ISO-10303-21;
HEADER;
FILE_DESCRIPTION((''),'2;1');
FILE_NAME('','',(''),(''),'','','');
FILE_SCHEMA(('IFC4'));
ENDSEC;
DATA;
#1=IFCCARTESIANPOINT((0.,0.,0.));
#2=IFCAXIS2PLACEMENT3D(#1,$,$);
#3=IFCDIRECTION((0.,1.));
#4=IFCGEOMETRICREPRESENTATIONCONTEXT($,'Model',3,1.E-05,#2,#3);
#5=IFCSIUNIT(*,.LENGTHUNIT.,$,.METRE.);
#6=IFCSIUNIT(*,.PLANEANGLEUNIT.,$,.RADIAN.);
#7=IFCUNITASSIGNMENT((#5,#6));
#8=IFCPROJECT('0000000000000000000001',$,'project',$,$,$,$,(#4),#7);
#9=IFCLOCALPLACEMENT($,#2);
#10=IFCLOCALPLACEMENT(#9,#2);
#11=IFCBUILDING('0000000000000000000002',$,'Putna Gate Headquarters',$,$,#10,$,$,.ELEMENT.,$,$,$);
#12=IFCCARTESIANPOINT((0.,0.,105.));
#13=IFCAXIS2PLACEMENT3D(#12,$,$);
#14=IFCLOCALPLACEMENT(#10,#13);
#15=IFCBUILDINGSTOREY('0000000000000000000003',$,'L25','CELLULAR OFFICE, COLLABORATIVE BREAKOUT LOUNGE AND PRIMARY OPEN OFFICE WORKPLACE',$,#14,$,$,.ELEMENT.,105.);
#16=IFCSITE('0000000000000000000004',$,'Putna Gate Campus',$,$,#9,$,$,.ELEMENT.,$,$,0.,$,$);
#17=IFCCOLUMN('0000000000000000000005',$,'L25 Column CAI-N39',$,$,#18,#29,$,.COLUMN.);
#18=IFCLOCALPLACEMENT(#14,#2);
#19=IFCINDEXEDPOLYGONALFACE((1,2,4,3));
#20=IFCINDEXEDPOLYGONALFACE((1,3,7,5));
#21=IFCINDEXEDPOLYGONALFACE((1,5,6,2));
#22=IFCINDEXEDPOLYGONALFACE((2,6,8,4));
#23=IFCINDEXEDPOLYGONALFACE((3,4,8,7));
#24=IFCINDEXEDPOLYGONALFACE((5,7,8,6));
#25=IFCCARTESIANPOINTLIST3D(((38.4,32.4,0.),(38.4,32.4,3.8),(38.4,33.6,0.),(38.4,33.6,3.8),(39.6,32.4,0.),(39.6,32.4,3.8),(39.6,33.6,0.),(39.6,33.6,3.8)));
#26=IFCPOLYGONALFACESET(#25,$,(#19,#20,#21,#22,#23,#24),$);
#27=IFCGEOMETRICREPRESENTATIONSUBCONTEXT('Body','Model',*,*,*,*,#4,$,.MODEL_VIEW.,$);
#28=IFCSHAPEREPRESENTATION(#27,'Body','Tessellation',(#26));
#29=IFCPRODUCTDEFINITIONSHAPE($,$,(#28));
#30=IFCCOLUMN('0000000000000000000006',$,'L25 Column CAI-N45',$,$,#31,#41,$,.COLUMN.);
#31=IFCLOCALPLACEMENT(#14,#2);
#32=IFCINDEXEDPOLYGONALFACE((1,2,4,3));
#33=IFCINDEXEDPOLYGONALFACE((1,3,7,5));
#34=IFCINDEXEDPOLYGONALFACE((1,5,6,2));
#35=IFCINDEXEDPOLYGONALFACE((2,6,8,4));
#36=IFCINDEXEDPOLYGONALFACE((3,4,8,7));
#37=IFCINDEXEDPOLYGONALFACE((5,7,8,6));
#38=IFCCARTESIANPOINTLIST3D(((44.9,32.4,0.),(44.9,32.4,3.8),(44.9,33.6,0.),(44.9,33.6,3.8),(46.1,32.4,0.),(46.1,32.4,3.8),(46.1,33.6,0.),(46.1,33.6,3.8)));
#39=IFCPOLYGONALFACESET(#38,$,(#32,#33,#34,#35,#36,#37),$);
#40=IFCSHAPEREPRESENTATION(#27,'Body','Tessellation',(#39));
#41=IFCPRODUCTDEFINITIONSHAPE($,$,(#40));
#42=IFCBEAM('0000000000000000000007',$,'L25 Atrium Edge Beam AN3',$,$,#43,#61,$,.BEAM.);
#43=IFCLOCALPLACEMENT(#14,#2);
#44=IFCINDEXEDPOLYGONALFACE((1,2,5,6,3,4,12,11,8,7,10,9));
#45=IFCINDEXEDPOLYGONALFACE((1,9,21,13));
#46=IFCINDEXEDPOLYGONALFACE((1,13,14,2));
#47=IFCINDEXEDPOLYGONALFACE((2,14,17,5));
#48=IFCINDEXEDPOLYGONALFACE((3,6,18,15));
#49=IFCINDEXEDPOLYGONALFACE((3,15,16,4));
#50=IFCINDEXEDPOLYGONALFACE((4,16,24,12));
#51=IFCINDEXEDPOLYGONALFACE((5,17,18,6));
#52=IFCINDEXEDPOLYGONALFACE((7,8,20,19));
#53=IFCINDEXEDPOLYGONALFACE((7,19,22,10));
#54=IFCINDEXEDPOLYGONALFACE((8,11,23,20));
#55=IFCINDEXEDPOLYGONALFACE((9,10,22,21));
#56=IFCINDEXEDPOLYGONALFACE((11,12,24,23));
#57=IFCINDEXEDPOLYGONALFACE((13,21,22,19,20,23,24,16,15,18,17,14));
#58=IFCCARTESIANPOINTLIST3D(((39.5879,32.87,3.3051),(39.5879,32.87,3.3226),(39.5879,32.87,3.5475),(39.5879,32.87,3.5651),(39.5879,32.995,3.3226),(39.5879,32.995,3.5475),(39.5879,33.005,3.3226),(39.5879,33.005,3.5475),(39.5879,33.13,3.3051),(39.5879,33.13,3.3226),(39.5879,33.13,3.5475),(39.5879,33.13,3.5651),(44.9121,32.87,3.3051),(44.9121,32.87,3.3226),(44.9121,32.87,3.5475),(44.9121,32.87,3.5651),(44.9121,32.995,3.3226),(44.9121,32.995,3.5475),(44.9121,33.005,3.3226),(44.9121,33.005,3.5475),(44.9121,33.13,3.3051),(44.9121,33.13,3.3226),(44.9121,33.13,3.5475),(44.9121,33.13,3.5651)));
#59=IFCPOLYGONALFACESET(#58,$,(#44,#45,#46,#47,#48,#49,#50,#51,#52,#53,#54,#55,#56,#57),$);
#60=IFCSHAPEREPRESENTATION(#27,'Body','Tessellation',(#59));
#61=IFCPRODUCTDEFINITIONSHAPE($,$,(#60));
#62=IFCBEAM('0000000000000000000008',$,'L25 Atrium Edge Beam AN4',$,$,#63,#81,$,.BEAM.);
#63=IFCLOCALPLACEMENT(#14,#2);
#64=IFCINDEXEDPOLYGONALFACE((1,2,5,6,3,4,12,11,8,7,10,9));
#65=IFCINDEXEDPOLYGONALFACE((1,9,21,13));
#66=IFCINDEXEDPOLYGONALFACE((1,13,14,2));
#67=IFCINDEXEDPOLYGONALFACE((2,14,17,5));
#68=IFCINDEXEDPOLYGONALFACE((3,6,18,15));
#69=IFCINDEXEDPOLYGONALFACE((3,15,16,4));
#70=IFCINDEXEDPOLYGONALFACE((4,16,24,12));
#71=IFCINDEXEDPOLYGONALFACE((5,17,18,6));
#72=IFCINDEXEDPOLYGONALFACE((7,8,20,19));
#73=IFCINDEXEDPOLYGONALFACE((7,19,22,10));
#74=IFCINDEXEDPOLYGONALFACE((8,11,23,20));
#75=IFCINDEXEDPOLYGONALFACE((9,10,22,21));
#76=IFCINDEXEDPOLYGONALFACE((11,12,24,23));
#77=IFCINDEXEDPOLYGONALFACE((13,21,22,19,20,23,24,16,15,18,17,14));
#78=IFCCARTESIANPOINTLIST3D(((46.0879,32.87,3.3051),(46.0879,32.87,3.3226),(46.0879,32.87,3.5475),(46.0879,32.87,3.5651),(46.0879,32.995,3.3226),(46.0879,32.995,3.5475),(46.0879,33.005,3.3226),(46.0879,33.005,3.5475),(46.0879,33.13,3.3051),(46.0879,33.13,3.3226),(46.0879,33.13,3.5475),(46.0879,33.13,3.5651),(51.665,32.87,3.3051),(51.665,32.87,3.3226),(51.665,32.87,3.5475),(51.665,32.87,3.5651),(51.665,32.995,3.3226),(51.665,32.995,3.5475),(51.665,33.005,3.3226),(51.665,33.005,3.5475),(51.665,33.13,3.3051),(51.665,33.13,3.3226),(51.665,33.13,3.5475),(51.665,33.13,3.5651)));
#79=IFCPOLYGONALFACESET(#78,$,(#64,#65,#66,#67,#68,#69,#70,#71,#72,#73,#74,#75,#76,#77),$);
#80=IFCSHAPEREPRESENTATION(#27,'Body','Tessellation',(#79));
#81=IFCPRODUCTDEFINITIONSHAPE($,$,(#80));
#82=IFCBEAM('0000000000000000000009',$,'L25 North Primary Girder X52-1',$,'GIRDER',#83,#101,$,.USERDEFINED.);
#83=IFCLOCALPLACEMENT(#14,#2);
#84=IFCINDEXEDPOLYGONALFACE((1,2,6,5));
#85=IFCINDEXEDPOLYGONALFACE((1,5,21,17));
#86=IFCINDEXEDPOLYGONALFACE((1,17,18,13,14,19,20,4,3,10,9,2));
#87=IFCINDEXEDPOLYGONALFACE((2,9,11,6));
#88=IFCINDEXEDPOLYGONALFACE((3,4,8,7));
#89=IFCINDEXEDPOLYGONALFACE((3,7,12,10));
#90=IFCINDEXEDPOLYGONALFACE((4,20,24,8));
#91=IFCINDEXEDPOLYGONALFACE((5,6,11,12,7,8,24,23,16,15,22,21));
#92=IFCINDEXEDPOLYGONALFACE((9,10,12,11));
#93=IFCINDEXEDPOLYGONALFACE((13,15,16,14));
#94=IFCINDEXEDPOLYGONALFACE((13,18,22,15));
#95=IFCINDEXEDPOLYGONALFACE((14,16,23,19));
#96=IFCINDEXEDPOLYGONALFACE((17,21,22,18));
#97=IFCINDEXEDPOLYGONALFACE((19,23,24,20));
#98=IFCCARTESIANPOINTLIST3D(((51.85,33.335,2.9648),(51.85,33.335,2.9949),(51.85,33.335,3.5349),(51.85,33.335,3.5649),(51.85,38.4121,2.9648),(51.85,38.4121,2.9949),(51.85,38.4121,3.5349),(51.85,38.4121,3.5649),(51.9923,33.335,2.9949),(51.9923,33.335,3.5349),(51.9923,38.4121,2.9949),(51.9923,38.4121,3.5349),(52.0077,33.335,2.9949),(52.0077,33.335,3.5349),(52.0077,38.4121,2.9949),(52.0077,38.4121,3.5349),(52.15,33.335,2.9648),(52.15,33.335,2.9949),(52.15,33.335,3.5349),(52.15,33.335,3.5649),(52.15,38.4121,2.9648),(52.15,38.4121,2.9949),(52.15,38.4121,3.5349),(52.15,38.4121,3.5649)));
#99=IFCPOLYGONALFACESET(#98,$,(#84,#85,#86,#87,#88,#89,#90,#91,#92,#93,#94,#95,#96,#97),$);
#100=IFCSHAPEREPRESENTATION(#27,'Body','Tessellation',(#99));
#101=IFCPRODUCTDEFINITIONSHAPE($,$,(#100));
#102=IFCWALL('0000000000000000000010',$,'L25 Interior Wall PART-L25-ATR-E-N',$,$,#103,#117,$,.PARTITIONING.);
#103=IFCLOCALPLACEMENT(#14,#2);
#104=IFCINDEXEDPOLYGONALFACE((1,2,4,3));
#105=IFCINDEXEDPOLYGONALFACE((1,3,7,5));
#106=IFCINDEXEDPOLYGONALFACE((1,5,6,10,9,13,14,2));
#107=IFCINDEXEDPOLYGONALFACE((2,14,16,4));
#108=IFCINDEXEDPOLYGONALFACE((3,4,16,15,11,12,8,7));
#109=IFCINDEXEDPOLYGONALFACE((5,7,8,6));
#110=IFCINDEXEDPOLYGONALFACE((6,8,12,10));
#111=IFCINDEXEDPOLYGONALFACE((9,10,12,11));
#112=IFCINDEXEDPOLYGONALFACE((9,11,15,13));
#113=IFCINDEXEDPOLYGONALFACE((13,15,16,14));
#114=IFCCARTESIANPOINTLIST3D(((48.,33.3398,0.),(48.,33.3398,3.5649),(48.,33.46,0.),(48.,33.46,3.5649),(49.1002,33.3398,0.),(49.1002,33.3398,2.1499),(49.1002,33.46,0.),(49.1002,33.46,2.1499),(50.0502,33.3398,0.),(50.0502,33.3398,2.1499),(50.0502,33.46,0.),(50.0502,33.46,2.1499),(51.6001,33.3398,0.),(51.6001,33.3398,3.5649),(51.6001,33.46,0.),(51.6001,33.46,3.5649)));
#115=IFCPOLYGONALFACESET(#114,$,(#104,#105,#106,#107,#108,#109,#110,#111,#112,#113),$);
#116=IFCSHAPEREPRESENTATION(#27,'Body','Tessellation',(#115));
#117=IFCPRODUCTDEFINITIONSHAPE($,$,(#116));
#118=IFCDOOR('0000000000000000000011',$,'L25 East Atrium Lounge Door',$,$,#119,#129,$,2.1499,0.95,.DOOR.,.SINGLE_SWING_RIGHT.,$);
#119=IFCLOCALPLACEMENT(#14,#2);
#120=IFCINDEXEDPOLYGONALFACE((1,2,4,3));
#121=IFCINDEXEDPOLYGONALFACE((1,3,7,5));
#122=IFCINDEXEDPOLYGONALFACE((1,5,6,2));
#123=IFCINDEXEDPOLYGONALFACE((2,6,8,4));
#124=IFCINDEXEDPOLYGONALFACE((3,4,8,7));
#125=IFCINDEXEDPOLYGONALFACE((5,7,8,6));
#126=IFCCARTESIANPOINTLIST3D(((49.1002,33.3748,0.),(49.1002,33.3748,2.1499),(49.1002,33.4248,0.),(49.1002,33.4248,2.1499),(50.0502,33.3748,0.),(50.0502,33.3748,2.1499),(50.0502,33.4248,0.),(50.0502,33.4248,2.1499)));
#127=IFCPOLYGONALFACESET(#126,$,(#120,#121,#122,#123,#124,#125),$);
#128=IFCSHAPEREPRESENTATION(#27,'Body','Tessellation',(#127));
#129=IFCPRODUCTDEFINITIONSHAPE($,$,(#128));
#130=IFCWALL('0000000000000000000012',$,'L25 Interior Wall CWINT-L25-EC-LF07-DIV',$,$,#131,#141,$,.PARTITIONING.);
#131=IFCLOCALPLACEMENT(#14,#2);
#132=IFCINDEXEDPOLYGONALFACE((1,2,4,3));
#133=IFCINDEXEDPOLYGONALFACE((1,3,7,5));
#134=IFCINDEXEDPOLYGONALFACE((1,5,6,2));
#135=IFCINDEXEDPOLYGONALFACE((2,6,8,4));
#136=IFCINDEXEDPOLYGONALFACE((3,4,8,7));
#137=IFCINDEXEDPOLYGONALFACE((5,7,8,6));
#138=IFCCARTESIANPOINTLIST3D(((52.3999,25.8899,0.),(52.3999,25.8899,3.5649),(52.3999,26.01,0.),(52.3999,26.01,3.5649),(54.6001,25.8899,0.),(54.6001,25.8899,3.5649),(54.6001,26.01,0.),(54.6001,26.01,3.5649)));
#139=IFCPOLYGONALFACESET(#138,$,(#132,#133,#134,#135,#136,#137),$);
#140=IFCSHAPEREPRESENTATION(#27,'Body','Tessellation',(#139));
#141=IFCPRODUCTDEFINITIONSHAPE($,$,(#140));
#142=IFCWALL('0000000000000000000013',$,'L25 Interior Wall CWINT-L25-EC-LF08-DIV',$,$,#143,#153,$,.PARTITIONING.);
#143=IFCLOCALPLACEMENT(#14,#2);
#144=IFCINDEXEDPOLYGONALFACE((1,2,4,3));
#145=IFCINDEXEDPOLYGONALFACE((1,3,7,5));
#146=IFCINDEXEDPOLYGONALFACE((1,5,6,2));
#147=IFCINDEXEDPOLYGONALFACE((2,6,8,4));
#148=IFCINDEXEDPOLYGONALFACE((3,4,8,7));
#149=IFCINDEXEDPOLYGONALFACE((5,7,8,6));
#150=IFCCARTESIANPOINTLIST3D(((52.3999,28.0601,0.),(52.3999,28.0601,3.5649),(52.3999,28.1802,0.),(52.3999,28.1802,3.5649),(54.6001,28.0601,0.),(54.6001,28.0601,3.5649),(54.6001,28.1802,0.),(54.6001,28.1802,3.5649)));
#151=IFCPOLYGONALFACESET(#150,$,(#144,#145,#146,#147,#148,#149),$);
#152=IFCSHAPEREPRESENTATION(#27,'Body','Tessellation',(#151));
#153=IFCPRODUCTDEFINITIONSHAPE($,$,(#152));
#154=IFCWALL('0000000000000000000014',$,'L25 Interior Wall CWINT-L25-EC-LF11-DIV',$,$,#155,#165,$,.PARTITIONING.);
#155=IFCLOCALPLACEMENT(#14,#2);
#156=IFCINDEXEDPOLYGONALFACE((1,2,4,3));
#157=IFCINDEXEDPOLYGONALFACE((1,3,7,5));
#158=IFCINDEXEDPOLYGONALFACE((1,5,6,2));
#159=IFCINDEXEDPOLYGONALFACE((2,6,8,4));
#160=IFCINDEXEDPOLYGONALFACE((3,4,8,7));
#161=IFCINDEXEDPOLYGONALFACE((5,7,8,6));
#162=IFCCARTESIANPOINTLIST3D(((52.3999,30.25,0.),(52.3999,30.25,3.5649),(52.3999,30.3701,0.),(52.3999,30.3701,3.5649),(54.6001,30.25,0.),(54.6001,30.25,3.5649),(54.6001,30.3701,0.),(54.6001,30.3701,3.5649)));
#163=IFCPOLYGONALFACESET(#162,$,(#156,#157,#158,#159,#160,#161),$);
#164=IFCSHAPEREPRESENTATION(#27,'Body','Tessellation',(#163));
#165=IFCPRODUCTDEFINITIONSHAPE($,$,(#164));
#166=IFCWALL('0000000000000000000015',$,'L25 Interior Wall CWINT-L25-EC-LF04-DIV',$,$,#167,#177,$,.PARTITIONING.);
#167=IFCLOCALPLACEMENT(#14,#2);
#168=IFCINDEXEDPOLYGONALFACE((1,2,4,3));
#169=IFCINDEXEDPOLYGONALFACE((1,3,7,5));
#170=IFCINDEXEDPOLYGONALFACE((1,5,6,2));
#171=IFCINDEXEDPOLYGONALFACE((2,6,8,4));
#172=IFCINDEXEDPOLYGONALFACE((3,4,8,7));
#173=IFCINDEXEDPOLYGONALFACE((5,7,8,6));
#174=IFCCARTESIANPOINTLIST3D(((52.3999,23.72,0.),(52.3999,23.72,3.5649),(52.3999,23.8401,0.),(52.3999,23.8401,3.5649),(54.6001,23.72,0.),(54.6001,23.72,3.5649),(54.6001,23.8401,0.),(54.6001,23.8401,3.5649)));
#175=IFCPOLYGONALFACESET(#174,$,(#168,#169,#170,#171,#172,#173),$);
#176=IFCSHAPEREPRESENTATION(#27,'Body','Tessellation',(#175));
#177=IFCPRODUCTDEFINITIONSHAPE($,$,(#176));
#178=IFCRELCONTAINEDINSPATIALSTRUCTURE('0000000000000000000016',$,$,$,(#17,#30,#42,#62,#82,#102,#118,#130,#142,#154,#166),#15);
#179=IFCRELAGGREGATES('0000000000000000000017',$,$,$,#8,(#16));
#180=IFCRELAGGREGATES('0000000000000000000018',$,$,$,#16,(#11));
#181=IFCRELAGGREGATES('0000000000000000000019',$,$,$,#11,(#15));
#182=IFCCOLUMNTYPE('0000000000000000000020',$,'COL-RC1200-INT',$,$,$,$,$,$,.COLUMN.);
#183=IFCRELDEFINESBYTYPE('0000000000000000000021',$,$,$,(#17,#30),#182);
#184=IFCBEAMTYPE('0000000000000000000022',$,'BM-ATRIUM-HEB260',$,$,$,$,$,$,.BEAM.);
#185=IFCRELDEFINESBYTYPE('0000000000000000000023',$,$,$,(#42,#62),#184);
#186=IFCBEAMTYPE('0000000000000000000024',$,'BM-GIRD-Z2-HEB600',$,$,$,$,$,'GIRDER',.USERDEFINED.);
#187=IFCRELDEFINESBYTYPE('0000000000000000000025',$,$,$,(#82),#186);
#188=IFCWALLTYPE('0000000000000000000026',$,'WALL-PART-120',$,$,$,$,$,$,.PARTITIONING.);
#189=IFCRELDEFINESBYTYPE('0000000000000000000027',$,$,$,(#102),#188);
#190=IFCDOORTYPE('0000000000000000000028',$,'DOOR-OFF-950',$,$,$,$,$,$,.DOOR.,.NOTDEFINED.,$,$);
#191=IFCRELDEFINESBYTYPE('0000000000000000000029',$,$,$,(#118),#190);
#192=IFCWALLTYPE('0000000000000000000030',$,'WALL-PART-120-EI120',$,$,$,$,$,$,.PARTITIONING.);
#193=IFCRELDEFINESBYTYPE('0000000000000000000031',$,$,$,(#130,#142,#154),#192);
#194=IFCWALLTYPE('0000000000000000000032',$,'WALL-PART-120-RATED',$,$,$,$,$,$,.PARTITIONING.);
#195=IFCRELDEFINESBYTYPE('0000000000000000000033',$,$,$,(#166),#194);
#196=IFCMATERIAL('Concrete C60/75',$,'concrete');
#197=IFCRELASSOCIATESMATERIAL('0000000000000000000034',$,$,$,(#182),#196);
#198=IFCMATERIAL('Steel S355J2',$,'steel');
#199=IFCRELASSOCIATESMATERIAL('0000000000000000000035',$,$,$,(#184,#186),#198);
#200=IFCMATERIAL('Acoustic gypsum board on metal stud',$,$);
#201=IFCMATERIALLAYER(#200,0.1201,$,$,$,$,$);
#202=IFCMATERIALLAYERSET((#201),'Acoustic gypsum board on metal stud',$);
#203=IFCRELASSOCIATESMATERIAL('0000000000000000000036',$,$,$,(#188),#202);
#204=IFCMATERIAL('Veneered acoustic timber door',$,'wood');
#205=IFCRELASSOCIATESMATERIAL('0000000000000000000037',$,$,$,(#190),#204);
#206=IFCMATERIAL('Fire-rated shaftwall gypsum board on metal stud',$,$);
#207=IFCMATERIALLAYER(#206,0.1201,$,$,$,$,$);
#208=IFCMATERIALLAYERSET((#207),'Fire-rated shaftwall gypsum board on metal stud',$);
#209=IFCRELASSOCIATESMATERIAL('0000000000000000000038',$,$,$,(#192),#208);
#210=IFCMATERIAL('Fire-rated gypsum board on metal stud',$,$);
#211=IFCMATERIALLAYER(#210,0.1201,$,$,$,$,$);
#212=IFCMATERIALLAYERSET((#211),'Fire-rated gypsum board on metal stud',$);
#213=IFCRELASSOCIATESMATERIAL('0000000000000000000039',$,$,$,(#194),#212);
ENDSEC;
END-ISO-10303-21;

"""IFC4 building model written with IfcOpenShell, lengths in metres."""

from ifc_helpers import new_model, si_unit, direction, frame, frame_2d, origin, origin_2d, place, context, subcontext, project, spatial, rectangle, i_section, extrude, material, layer, layer_set, material_profile, profile_set, type_object, element, fill, save


model = new_model("IFC4")

# Units and contexts
model_context = context("Model", 3, precision=1e-05, world=origin(), true_north=direction((0.0, 1.0)))
body_context = subcontext(model_context, "Body", "Model", "MODEL_VIEW")
ifc_project = project(units=[si_unit("LENGTHUNIT", "METRE"), si_unit("PLANEANGLEUNIT", "RADIAN")], contexts=[model_context])

# Site, building, storey
site_placement = place(None, origin())
site = spatial("IfcSite", under=ifc_project, at=site_placement, Name="Putna Gate Campus", CompositionType="ELEMENT", RefElevation=0.0)
building_placement = place(site_placement, origin())
building = spatial("IfcBuilding", under=site, at=building_placement, Name="Putna Gate Headquarters", CompositionType="ELEMENT")
storey_placement = place(building_placement, frame((0.0, 0.0, 105.0)))
storey = spatial("IfcBuildingStorey", under=building, at=storey_placement, Name="L25", Description="CELLULAR OFFICE, COLLABORATIVE BREAKOUT LOUNGE AND PRIMARY OPEN OFFICE WORKPLACE", CompositionType="ELEMENT", Elevation=105.0)

# Columns
ifc_material_1 = material(Name="Concrete C60/75", Category="concrete")
ifc_material_profile_1 = material_profile(ifc_material_1, rectangle(XDim=1.2, YDim=1.2, at=origin_2d()), Name="Concrete C60/75")
ifc_profile_set_1 = profile_set([ifc_material_profile_1], Name="Concrete C60/75")
column_type = type_object("IfcColumnType", Name="COL-RC1200-INT", PredefinedType="COLUMN", material=ifc_profile_set_1)
for number, where, z_axis, x_axis, name in (
    (1, (39.0, 33.0, 0.0), (0.0, 0.0, 1.0), (1.0, 0.0, 0.0), "L25 Column CAI-N39"),
    (2, (45.5, 33.0, 0.0), (0.0, 0.0, 1.0), (1.0, 0.0, 0.0), "L25 Column CAI-N45"),
):
    element("IfcColumn", number, at=place(storey_placement, frame(where, z_axis=z_axis, x_axis=x_axis)), inside=storey, type_object=column_type, Name=name, PredefinedType="COLUMN", context=body_context, shape_type="SweptSolid", body=[
        extrude(rectangle(XDim=1.2, YDim=1.2, at=origin_2d()), origin(), (0.0, 0.0, 1.0), 3.8),
    ])

# Beams
ifc_material_2 = material(Name="Steel S355J2", Category="steel")
ifc_material_profile_2 = material_profile(ifc_material_2, i_section(OverallWidth=0.26, OverallDepth=0.26, WebThickness=0.01, FlangeThickness=0.0176, at=origin_2d()), Name="Steel S355J2")
ifc_profile_set_2 = profile_set([ifc_material_profile_2], Name="Steel S355J2")
beam_type_1 = type_object("IfcBeamType", Name="BM-ATRIUM-HEB260", PredefinedType="BEAM", material=ifc_profile_set_2)
beam_1_placement = place(storey_placement, frame((39.5879, 33.0, 3.4351), z_axis=(1.0, 0.0, 0.0), x_axis=(0.0, 1.0, 0.0)))
element("IfcBeam", 3, at=beam_1_placement, inside=storey, type_object=beam_type_1, Name="L25 Atrium Edge Beam AN3", PredefinedType="BEAM", context=body_context, shape_type="SweptSolid", body=[
    extrude(i_section(OverallWidth=0.26, OverallDepth=0.26, WebThickness=0.01, FlangeThickness=0.0176, at=origin_2d()), origin(), (0.0, 0.0, 1.0), 5.3242),
])
beam_2_placement = place(storey_placement, frame((46.0879, 33.0, 3.4351), z_axis=(1.0, 0.0, 0.0), x_axis=(0.0, 1.0, 0.0)))
element("IfcBeam", 4, at=beam_2_placement, inside=storey, type_object=beam_type_1, Name="L25 Atrium Edge Beam AN4", PredefinedType="BEAM", context=body_context, shape_type="SweptSolid", body=[
    extrude(i_section(OverallWidth=0.26, OverallDepth=0.26, WebThickness=0.01, FlangeThickness=0.0176, at=origin_2d()), origin(), (0.0, 0.0, 1.0), 5.5771),
])
ifc_material_profile_3 = material_profile(ifc_material_2, i_section(OverallWidth=0.3, OverallDepth=0.6001, WebThickness=0.0154, FlangeThickness=0.03, at=origin_2d()), Name="Steel S355J2")
ifc_profile_set_3 = profile_set([ifc_material_profile_3], Name="Steel S355J2")
beam_type_2 = type_object("IfcBeamType", Name="BM-GIRD-Z2-HEB600", ElementType="GIRDER", PredefinedType="USERDEFINED", material=ifc_profile_set_3)
beam_3_placement = place(storey_placement, frame((52.0, 33.335, 3.2649), z_axis=(0.0, 1.0, 0.0), x_axis=(-1.0, 0.0, 0.0)))
element("IfcBeam", 5, at=beam_3_placement, inside=storey, type_object=beam_type_2, Name="L25 North Primary Girder X52-1", ObjectType="GIRDER", PredefinedType="USERDEFINED", context=body_context, shape_type="SweptSolid", body=[
    extrude(i_section(OverallWidth=0.3, OverallDepth=0.6001, WebThickness=0.0154, FlangeThickness=0.03, at=origin_2d()), origin(), (0.0, 0.0, 1.0), 5.0771),
])

# Wall, opening, door
ifc_material_3 = material(Name="Acoustic gypsum board on metal stud")
ifc_layer_1 = layer(ifc_material_3, 0.1201)
ifc_layer_set_1 = layer_set([ifc_layer_1], Name="Acoustic gypsum board on metal stud")
wall_type_1 = type_object("IfcWallType", Name="WALL-PART-120", PredefinedType="PARTITIONING", material=ifc_layer_set_1)
wall_1_placement = place(storey_placement, frame((48.0, 33.3999, 0.0), z_axis=(0.0, 0.0, 1.0), x_axis=(1.0, 0.0, 0.0)))
wall_1 = element("IfcWall", 6, at=wall_1_placement, inside=storey, type_object=wall_type_1, Name="L25 Interior Wall PART-L25-ATR-E-N", PredefinedType="PARTITIONING", context=body_context, shape_type="SweptSolid", body=[
    extrude(rectangle(XDim=3.6001, YDim=0.1201, at=frame_2d((1.8, 0.0))), origin(), (0.0, 0.0, 1.0), 3.5649),
])
opening_1_placement = place(wall_1_placement, frame((1.1001, 0.0, 0.0)))
opening_1 = element("IfcOpeningElement", 7, at=opening_1_placement, cuts=wall_1, PredefinedType="OPENING", context=body_context, shape_type="SweptSolid", body=[
    extrude(rectangle(XDim=0.95, YDim=2.1499, at=frame_2d((0.4751, 1.075))), frame((0.0, 0.0701, 0.0), z_axis=(0.0, -1.0, 0.0), x_axis=(1.0, 0.0, 0.0)), (0.0, 0.0, 1.0), 0.1401),
])
ifc_material_4 = material(Name="Veneered acoustic timber door", Category="wood")
door_type_1 = type_object("IfcDoorType", Name="DOOR-OFF-950", OperationType="NOTDEFINED", PredefinedType="DOOR", material=ifc_material_4)
door_1_placement = place(opening_1_placement, origin())
door_1 = element("IfcDoor", 8, at=door_1_placement, inside=storey, type_object=door_type_1, Name="L25 East Atrium Lounge Door", OperationType="SINGLE_SWING_RIGHT", OverallHeight=2.1499, OverallWidth=0.95, PredefinedType="DOOR", context=body_context, shape_type="SweptSolid", body=[
    extrude(rectangle(XDim=0.95, YDim=2.1499, at=frame_2d((0.4751, 1.075))), frame((0.0, 0.0249, 0.0), z_axis=(0.0, -1.0, 0.0), x_axis=(1.0, 0.0, 0.0)), (0.0, 0.0, 1.0), 0.05),
])
fill(opening_1, door_1)

# Walls
ifc_material_5 = material(Name="Fire-rated shaftwall gypsum board on metal stud")
ifc_layer_2 = layer(ifc_material_5, 0.1201)
ifc_layer_set_2 = layer_set([ifc_layer_2], Name="Fire-rated shaftwall gypsum board on metal stud")
wall_type_2 = type_object("IfcWallType", Name="WALL-PART-120-EI120", PredefinedType="PARTITIONING", material=ifc_layer_set_2)
for number, where, z_axis, x_axis, name in (
    (9, (52.3999, 25.95, 0.0), (0.0, 0.0, 1.0), (1.0, 0.0, 0.0), "L25 Interior Wall CWINT-L25-EC-LF07-DIV"),
    (10, (52.3999, 28.1201, 0.0), (0.0, 0.0, 1.0), (1.0, 0.0, 0.0), "L25 Interior Wall CWINT-L25-EC-LF08-DIV"),
    (11, (52.3999, 30.3101, 0.0), (0.0, 0.0, 1.0), (1.0, 0.0, 0.0), "L25 Interior Wall CWINT-L25-EC-LF11-DIV"),
):
    element("IfcWall", number, at=place(storey_placement, frame(where, z_axis=z_axis, x_axis=x_axis)), inside=storey, type_object=wall_type_2, Name=name, PredefinedType="PARTITIONING", context=body_context, shape_type="SweptSolid", body=[
        extrude(rectangle(XDim=2.2002, YDim=0.1201, at=frame_2d((1.1001, 0.0))), origin(), (0.0, 0.0, 1.0), 3.5649),
    ])
ifc_material_6 = material(Name="Fire-rated gypsum board on metal stud")
ifc_layer_3 = layer(ifc_material_6, 0.1201)
ifc_layer_set_3 = layer_set([ifc_layer_3], Name="Fire-rated gypsum board on metal stud")
wall_type_3 = type_object("IfcWallType", Name="WALL-PART-120-RATED", PredefinedType="PARTITIONING", material=ifc_layer_set_3)
wall_2_placement = place(storey_placement, frame((52.3999, 23.78, 0.0), z_axis=(0.0, 0.0, 1.0), x_axis=(1.0, 0.0, 0.0)))
element("IfcWall", 12, at=wall_2_placement, inside=storey, type_object=wall_type_3, Name="L25 Interior Wall CWINT-L25-EC-LF04-DIV", PredefinedType="PARTITIONING", context=body_context, shape_type="SweptSolid", body=[
    extrude(rectangle(XDim=2.2002, YDim=0.1201, at=frame_2d((1.1001, 0.0))), origin(), (0.0, 0.0, 1.0), 3.5649),
])

save(model, "model.ifc")
